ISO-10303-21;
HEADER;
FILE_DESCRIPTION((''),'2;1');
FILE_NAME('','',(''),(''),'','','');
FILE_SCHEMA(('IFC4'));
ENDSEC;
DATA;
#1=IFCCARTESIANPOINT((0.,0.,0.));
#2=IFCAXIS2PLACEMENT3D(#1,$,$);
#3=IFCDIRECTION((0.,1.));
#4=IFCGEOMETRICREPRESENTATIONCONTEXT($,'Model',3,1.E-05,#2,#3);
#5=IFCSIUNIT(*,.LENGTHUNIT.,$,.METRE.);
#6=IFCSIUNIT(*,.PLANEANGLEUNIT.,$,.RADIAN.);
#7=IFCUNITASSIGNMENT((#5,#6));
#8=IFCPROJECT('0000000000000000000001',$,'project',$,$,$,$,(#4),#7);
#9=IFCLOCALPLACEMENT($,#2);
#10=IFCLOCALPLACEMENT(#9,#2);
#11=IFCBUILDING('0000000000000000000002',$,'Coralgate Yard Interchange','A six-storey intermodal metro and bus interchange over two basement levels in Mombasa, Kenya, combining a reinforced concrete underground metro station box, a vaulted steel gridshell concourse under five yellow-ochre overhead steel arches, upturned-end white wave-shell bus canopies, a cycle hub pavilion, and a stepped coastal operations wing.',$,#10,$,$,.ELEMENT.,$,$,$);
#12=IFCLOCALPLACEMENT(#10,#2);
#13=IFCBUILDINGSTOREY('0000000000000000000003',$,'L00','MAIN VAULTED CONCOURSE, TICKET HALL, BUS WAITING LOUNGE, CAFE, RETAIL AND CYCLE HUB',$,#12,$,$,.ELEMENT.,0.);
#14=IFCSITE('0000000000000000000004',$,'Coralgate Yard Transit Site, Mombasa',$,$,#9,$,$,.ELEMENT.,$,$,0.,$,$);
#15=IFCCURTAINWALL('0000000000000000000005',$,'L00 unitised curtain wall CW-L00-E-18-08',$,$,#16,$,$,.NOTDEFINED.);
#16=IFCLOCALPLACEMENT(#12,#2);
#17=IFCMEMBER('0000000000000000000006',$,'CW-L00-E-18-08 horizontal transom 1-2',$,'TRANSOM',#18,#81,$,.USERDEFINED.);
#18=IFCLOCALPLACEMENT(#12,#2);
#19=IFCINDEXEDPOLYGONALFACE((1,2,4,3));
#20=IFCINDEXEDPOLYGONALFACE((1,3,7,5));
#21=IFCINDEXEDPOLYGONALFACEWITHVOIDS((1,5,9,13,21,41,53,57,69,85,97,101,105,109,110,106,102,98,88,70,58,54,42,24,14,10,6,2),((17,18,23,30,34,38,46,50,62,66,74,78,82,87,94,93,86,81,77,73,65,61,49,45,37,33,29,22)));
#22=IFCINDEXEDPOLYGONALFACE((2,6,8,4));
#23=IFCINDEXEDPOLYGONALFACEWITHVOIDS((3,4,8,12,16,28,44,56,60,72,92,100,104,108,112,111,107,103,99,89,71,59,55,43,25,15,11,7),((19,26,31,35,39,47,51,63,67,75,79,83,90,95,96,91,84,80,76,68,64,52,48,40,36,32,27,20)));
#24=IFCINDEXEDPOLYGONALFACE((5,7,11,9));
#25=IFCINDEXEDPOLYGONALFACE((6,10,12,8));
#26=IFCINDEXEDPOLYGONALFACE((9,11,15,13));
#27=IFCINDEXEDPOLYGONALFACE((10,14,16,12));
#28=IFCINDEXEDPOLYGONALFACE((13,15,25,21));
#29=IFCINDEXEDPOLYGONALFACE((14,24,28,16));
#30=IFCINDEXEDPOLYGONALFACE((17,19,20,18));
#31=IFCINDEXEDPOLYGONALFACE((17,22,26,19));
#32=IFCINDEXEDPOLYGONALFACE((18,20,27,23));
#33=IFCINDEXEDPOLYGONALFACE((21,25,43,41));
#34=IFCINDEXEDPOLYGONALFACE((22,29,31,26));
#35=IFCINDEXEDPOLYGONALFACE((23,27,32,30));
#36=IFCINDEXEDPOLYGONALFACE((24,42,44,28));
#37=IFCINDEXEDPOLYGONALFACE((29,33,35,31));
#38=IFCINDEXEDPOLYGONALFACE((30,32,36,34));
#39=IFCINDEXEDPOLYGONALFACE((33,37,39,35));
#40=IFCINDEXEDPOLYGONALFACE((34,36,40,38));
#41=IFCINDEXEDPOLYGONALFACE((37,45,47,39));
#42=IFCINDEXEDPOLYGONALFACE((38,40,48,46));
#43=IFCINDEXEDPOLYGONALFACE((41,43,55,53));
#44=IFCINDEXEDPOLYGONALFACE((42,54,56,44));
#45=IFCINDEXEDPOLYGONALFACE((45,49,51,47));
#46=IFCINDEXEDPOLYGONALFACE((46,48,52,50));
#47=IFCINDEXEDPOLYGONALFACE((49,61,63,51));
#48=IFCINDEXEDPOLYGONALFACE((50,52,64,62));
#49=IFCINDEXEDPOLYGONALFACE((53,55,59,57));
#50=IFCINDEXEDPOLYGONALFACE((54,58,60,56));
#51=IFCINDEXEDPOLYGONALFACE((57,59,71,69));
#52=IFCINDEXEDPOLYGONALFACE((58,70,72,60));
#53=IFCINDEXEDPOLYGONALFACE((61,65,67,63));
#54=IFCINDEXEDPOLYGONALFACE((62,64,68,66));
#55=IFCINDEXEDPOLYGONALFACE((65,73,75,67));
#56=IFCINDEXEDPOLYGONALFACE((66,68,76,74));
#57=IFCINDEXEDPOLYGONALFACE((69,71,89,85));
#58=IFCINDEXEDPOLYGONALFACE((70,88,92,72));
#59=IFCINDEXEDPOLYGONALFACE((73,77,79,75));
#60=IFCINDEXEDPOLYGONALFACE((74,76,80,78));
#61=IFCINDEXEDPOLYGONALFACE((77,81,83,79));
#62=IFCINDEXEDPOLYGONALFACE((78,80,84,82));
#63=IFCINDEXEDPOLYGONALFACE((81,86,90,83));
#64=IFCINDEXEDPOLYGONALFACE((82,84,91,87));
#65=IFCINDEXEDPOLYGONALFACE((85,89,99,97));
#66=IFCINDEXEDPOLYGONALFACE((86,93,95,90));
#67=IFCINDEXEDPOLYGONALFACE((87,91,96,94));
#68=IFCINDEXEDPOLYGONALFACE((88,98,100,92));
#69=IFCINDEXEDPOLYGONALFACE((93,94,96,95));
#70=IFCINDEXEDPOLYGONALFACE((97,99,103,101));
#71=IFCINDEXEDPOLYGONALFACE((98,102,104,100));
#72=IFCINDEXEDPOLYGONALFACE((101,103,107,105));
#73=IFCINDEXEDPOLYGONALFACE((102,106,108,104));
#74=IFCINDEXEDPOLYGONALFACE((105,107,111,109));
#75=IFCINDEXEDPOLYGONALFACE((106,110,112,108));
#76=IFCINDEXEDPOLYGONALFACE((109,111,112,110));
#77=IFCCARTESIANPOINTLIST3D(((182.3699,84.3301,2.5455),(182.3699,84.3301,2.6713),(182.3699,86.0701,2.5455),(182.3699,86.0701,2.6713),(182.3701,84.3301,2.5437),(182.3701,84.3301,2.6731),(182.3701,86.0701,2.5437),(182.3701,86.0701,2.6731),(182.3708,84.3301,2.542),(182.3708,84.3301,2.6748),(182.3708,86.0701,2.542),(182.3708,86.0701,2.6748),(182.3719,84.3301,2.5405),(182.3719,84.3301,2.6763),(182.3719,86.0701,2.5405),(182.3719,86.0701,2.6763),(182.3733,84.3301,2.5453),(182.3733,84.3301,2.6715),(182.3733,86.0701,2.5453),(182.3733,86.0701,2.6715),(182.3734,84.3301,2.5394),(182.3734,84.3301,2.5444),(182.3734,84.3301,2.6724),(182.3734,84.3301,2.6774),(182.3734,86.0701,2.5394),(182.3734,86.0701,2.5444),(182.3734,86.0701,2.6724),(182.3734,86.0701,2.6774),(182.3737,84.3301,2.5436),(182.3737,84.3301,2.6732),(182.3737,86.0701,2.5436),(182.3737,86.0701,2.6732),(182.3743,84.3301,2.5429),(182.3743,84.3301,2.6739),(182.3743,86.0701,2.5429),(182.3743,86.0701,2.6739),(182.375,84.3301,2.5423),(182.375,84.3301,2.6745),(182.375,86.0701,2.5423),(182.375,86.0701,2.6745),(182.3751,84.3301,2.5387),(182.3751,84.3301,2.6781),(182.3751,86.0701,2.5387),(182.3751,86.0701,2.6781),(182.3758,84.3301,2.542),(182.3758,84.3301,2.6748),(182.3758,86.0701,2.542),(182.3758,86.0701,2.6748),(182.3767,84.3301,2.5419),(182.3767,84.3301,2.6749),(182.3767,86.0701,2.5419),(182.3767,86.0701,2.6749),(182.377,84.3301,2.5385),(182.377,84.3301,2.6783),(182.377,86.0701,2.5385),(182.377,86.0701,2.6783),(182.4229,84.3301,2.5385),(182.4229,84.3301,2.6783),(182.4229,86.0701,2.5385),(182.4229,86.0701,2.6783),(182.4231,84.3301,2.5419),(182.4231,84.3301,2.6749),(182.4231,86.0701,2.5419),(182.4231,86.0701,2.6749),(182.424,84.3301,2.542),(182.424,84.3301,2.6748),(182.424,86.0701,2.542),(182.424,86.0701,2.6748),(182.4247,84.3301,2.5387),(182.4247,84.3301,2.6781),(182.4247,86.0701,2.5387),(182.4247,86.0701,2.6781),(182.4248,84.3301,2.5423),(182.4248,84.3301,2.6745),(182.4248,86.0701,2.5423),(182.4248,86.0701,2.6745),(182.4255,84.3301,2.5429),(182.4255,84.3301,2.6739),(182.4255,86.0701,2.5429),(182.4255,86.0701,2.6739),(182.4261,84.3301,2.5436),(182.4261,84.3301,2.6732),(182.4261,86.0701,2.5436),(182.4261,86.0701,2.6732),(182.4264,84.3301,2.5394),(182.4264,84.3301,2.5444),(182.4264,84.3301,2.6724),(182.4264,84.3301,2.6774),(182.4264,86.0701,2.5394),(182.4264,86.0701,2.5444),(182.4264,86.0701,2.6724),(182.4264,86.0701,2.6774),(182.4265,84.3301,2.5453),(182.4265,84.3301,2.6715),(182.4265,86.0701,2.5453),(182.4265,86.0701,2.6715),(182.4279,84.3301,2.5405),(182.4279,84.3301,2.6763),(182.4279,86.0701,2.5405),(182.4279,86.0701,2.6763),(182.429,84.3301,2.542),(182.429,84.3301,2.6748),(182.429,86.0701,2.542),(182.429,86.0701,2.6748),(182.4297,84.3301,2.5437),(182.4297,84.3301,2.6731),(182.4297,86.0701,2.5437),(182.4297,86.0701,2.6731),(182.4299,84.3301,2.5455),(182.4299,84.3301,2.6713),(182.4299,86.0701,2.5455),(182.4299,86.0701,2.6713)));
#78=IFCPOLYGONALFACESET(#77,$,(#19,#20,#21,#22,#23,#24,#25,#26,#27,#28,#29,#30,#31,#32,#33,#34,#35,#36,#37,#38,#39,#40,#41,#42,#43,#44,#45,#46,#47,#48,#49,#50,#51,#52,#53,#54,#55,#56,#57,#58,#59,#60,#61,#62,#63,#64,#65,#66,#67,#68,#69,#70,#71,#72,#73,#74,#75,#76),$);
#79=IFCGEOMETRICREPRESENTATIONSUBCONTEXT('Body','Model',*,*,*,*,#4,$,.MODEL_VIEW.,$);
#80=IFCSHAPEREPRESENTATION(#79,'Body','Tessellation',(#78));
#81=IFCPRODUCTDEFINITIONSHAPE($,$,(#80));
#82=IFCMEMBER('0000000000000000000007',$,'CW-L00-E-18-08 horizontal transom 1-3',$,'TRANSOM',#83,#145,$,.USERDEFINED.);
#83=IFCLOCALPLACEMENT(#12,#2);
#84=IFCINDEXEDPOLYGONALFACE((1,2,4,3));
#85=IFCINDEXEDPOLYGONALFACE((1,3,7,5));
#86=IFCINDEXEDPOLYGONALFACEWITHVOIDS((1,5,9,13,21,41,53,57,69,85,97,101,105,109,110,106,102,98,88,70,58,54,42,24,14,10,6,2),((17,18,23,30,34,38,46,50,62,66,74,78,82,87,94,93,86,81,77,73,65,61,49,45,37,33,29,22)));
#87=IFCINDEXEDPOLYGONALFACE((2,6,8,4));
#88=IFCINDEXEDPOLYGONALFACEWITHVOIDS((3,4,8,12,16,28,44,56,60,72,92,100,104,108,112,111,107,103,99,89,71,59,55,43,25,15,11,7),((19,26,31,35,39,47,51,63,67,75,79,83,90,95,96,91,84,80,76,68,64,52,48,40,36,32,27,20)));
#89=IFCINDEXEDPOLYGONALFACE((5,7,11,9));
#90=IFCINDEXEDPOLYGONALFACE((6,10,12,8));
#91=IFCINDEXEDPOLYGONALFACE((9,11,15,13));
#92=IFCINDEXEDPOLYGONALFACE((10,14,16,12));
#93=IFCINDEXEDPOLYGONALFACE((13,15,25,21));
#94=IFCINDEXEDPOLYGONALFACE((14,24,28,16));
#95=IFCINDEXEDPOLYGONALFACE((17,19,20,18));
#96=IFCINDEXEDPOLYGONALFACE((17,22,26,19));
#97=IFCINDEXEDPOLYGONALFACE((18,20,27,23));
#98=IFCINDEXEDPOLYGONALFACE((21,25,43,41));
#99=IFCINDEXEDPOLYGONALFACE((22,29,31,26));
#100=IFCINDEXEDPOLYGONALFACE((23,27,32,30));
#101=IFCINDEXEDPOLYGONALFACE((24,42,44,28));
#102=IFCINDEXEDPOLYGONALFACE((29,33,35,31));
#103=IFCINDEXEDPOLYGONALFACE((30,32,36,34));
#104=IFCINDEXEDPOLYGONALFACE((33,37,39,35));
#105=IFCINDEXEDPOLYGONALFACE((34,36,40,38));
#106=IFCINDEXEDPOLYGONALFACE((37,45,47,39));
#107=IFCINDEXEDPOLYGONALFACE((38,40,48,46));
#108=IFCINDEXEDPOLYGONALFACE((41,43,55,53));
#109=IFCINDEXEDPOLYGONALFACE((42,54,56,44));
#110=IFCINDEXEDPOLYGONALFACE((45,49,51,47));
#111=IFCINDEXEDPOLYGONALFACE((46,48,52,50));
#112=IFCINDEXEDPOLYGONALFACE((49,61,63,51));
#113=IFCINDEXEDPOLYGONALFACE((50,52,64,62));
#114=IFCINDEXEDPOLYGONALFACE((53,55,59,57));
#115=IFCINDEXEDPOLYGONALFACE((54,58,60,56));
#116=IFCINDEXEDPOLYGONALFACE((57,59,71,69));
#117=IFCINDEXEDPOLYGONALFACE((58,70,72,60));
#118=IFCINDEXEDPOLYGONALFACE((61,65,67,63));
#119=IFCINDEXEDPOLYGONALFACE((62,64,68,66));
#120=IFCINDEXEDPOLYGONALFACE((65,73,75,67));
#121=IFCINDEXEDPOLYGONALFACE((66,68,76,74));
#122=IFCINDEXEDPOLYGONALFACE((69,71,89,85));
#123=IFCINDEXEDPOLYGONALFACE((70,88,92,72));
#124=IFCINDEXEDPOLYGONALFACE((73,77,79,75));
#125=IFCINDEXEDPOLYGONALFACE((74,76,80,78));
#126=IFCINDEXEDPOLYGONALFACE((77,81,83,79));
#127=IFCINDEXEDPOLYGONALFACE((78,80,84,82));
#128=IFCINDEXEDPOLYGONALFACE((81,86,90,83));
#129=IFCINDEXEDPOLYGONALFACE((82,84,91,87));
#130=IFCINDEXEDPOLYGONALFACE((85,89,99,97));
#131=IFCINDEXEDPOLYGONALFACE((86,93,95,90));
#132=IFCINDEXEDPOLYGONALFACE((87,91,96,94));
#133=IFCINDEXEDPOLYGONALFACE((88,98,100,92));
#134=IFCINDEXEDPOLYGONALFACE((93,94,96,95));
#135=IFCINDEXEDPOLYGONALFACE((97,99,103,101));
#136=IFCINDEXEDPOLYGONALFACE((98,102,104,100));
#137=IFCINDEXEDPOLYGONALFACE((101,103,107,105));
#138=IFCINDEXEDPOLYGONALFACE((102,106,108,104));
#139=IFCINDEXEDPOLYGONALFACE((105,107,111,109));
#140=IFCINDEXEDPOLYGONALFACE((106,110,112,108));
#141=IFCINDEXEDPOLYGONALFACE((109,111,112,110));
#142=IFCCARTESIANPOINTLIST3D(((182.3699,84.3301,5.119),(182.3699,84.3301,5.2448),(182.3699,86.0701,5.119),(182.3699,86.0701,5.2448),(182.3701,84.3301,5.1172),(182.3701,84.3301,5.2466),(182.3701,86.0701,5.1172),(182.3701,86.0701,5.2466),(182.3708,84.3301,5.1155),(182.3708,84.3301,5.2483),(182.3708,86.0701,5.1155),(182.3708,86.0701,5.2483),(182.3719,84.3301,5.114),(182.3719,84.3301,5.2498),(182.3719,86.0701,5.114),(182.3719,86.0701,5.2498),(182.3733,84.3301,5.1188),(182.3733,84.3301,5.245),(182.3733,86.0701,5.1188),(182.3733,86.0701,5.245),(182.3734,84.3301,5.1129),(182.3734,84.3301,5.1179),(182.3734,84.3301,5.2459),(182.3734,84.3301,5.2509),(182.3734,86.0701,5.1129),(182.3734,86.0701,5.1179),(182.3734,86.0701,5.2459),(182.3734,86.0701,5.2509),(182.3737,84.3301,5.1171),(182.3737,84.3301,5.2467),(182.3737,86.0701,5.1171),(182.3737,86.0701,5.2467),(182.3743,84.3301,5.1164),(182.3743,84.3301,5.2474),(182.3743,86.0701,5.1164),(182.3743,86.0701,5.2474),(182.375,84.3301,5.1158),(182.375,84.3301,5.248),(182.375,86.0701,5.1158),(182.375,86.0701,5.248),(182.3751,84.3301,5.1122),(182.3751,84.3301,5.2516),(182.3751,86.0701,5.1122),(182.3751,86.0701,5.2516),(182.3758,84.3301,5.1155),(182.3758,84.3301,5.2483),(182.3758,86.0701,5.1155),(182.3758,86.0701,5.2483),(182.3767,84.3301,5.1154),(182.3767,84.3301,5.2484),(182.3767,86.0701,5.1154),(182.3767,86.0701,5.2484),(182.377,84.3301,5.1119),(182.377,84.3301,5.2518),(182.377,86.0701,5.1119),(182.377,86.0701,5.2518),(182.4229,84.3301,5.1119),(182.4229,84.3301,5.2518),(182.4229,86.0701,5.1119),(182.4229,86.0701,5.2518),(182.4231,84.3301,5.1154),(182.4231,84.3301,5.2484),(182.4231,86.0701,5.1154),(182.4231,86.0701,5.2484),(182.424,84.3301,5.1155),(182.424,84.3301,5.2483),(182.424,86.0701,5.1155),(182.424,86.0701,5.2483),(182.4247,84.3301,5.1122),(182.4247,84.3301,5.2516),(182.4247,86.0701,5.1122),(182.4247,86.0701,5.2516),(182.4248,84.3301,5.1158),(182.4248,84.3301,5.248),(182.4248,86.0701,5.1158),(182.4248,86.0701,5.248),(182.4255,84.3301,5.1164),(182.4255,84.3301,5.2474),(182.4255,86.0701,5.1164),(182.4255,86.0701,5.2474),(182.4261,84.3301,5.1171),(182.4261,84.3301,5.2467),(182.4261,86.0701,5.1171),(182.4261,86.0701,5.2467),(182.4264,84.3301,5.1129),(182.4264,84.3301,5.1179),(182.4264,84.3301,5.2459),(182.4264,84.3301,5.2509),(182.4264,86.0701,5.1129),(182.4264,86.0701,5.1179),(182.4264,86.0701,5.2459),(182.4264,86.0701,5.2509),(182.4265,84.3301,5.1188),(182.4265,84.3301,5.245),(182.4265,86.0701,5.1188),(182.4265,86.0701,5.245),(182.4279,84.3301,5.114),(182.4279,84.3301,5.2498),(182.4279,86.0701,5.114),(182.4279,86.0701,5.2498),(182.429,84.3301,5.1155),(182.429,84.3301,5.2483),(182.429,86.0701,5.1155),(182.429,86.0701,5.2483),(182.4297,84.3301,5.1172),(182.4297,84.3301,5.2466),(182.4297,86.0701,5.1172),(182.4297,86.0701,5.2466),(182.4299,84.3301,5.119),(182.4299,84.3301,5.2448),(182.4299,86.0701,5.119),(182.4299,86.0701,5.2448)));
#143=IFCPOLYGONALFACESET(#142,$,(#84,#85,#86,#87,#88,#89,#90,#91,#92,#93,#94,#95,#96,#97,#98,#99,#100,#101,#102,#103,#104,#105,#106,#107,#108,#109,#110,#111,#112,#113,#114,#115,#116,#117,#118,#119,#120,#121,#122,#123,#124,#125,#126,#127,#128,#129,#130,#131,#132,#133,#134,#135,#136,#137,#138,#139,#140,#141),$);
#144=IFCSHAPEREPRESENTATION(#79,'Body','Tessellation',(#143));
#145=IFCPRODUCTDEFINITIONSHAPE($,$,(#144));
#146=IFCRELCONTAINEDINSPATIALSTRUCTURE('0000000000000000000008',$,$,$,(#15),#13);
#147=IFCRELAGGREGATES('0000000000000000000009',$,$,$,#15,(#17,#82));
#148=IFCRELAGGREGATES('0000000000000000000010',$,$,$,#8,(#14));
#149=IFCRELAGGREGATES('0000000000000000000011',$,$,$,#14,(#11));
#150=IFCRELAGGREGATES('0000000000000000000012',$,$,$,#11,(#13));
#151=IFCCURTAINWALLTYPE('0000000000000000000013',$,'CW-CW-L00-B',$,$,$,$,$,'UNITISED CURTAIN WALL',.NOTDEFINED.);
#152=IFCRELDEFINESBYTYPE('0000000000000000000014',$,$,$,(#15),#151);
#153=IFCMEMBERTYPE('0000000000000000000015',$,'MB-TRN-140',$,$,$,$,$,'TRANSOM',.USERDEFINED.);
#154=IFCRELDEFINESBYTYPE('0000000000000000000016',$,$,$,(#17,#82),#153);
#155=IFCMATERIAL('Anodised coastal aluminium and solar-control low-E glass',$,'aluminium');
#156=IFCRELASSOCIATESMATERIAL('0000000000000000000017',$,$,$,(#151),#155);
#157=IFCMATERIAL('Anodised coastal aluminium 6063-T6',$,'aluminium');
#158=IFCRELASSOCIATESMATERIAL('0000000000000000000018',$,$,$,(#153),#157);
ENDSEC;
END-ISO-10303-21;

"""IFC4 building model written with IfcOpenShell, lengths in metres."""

from ifc_helpers import new_model, si_unit, direction, frame, origin, origin_2d, place, context, subcontext, project, spatial, hollow_rectangle, extrude, material, material_profile, profile_set, type_object, element, aggregate, save


model = new_model("IFC4")

# Units and contexts
model_context = context("Model", 3, precision=1e-05, world=origin(), true_north=direction((0.0, 1.0)))
body_context = subcontext(model_context, "Body", "Model", "MODEL_VIEW")
ifc_project = project(units=[si_unit("LENGTHUNIT", "METRE"), si_unit("PLANEANGLEUNIT", "RADIAN")], contexts=[model_context])

# Site, building, storey
site_placement = place(None, origin())
site = spatial("IfcSite", under=ifc_project, at=site_placement, Name="Coralgate Yard Transit Site, Mombasa", CompositionType="ELEMENT", RefElevation=0.0)
building_placement = place(site_placement, origin())
building = spatial("IfcBuilding", under=site, at=building_placement, Name="Coralgate Yard Interchange", Description="A six-storey intermodal metro and bus interchange over two basement levels in Mombasa, Kenya, combining a reinforced concrete underground metro station box, a vaulted steel gridshell concourse under five yellow-ochre overhead steel arches, upturned-end white wave-shell bus canopies, a cycle hub pavilion, and a stepped coastal operations wing.", CompositionType="ELEMENT")
storey_placement = place(building_placement, origin())
storey = spatial("IfcBuildingStorey", under=building, at=storey_placement, Name="L00", Description="MAIN VAULTED CONCOURSE, TICKET HALL, BUS WAITING LOUNGE, CAFE, RETAIL AND CYCLE HUB", CompositionType="ELEMENT", Elevation=0.0)

# Curtain wall
ifc_material_1 = material(Name="Anodised coastal aluminium and solar-control low-E glass", Category="aluminium")
curtain_wall_type = type_object("IfcCurtainWallType", Name="CW-CW-L00-B", ElementType="UNITISED CURTAIN WALL", PredefinedType="NOTDEFINED", material=ifc_material_1)
curtain_wall_1_placement = place(storey_placement, origin())
curtain_wall_1 = element("IfcCurtainWall", 1, at=curtain_wall_1_placement, inside=storey, type_object=curtain_wall_type, Name="L00 unitised curtain wall CW-L00-E-18-08", PredefinedType="NOTDEFINED")
ifc_material_2 = material(Name="Anodised coastal aluminium 6063-T6", Category="aluminium")

# Members
ifc_material_profile_1 = material_profile(ifc_material_2, hollow_rectangle(XDim=0.0601, YDim=0.1399, WallThickness=0.0034, InnerFilletRadius=0.0034, OuterFilletRadius=0.0071, at=origin_2d()), Name="ALU 60x140x3.5")
ifc_profile_set_1 = profile_set([ifc_material_profile_1], Name="Anodised coastal aluminium 6063-T6")
member_type_1 = type_object("IfcMemberType", Name="MB-TRN-140", ElementType="TRANSOM", PredefinedType="USERDEFINED", material=ifc_profile_set_1)
member_1_placement = place(storey_placement, frame((182.3999, 86.0701, 2.6084), z_axis=(0.0, -1.0, 0.0), x_axis=(1.0, 0.0, 0.0)))
member_1 = element("IfcMember", 2, at=member_1_placement, type_object=member_type_1, Name="CW-L00-E-18-08 horizontal transom 1-2", ObjectType="TRANSOM", PredefinedType="USERDEFINED", context=body_context, shape_type="SweptSolid", body=[
    extrude(hollow_rectangle(XDim=0.0601, YDim=0.1399, WallThickness=0.0034, InnerFilletRadius=0.0034, OuterFilletRadius=0.0071, at=origin_2d()), origin(), (0.0, 0.0, 1.0), 1.74),
])
member_2_placement = place(storey_placement, frame((182.3999, 86.0701, 5.1819), z_axis=(0.0, -1.0, 0.0), x_axis=(1.0, 0.0, 0.0)))
member_2 = element("IfcMember", 3, at=member_2_placement, type_object=member_type_1, Name="CW-L00-E-18-08 horizontal transom 1-3", ObjectType="TRANSOM", PredefinedType="USERDEFINED", context=body_context, shape_type="SweptSolid", body=[
    extrude(hollow_rectangle(XDim=0.0601, YDim=0.1399, WallThickness=0.0034, InnerFilletRadius=0.0034, OuterFilletRadius=0.0071, at=origin_2d()), origin(), (0.0, 0.0, 1.0), 1.74),
])
aggregate(curtain_wall_1, [member_1, member_2])

save(model, "model.ifc")
